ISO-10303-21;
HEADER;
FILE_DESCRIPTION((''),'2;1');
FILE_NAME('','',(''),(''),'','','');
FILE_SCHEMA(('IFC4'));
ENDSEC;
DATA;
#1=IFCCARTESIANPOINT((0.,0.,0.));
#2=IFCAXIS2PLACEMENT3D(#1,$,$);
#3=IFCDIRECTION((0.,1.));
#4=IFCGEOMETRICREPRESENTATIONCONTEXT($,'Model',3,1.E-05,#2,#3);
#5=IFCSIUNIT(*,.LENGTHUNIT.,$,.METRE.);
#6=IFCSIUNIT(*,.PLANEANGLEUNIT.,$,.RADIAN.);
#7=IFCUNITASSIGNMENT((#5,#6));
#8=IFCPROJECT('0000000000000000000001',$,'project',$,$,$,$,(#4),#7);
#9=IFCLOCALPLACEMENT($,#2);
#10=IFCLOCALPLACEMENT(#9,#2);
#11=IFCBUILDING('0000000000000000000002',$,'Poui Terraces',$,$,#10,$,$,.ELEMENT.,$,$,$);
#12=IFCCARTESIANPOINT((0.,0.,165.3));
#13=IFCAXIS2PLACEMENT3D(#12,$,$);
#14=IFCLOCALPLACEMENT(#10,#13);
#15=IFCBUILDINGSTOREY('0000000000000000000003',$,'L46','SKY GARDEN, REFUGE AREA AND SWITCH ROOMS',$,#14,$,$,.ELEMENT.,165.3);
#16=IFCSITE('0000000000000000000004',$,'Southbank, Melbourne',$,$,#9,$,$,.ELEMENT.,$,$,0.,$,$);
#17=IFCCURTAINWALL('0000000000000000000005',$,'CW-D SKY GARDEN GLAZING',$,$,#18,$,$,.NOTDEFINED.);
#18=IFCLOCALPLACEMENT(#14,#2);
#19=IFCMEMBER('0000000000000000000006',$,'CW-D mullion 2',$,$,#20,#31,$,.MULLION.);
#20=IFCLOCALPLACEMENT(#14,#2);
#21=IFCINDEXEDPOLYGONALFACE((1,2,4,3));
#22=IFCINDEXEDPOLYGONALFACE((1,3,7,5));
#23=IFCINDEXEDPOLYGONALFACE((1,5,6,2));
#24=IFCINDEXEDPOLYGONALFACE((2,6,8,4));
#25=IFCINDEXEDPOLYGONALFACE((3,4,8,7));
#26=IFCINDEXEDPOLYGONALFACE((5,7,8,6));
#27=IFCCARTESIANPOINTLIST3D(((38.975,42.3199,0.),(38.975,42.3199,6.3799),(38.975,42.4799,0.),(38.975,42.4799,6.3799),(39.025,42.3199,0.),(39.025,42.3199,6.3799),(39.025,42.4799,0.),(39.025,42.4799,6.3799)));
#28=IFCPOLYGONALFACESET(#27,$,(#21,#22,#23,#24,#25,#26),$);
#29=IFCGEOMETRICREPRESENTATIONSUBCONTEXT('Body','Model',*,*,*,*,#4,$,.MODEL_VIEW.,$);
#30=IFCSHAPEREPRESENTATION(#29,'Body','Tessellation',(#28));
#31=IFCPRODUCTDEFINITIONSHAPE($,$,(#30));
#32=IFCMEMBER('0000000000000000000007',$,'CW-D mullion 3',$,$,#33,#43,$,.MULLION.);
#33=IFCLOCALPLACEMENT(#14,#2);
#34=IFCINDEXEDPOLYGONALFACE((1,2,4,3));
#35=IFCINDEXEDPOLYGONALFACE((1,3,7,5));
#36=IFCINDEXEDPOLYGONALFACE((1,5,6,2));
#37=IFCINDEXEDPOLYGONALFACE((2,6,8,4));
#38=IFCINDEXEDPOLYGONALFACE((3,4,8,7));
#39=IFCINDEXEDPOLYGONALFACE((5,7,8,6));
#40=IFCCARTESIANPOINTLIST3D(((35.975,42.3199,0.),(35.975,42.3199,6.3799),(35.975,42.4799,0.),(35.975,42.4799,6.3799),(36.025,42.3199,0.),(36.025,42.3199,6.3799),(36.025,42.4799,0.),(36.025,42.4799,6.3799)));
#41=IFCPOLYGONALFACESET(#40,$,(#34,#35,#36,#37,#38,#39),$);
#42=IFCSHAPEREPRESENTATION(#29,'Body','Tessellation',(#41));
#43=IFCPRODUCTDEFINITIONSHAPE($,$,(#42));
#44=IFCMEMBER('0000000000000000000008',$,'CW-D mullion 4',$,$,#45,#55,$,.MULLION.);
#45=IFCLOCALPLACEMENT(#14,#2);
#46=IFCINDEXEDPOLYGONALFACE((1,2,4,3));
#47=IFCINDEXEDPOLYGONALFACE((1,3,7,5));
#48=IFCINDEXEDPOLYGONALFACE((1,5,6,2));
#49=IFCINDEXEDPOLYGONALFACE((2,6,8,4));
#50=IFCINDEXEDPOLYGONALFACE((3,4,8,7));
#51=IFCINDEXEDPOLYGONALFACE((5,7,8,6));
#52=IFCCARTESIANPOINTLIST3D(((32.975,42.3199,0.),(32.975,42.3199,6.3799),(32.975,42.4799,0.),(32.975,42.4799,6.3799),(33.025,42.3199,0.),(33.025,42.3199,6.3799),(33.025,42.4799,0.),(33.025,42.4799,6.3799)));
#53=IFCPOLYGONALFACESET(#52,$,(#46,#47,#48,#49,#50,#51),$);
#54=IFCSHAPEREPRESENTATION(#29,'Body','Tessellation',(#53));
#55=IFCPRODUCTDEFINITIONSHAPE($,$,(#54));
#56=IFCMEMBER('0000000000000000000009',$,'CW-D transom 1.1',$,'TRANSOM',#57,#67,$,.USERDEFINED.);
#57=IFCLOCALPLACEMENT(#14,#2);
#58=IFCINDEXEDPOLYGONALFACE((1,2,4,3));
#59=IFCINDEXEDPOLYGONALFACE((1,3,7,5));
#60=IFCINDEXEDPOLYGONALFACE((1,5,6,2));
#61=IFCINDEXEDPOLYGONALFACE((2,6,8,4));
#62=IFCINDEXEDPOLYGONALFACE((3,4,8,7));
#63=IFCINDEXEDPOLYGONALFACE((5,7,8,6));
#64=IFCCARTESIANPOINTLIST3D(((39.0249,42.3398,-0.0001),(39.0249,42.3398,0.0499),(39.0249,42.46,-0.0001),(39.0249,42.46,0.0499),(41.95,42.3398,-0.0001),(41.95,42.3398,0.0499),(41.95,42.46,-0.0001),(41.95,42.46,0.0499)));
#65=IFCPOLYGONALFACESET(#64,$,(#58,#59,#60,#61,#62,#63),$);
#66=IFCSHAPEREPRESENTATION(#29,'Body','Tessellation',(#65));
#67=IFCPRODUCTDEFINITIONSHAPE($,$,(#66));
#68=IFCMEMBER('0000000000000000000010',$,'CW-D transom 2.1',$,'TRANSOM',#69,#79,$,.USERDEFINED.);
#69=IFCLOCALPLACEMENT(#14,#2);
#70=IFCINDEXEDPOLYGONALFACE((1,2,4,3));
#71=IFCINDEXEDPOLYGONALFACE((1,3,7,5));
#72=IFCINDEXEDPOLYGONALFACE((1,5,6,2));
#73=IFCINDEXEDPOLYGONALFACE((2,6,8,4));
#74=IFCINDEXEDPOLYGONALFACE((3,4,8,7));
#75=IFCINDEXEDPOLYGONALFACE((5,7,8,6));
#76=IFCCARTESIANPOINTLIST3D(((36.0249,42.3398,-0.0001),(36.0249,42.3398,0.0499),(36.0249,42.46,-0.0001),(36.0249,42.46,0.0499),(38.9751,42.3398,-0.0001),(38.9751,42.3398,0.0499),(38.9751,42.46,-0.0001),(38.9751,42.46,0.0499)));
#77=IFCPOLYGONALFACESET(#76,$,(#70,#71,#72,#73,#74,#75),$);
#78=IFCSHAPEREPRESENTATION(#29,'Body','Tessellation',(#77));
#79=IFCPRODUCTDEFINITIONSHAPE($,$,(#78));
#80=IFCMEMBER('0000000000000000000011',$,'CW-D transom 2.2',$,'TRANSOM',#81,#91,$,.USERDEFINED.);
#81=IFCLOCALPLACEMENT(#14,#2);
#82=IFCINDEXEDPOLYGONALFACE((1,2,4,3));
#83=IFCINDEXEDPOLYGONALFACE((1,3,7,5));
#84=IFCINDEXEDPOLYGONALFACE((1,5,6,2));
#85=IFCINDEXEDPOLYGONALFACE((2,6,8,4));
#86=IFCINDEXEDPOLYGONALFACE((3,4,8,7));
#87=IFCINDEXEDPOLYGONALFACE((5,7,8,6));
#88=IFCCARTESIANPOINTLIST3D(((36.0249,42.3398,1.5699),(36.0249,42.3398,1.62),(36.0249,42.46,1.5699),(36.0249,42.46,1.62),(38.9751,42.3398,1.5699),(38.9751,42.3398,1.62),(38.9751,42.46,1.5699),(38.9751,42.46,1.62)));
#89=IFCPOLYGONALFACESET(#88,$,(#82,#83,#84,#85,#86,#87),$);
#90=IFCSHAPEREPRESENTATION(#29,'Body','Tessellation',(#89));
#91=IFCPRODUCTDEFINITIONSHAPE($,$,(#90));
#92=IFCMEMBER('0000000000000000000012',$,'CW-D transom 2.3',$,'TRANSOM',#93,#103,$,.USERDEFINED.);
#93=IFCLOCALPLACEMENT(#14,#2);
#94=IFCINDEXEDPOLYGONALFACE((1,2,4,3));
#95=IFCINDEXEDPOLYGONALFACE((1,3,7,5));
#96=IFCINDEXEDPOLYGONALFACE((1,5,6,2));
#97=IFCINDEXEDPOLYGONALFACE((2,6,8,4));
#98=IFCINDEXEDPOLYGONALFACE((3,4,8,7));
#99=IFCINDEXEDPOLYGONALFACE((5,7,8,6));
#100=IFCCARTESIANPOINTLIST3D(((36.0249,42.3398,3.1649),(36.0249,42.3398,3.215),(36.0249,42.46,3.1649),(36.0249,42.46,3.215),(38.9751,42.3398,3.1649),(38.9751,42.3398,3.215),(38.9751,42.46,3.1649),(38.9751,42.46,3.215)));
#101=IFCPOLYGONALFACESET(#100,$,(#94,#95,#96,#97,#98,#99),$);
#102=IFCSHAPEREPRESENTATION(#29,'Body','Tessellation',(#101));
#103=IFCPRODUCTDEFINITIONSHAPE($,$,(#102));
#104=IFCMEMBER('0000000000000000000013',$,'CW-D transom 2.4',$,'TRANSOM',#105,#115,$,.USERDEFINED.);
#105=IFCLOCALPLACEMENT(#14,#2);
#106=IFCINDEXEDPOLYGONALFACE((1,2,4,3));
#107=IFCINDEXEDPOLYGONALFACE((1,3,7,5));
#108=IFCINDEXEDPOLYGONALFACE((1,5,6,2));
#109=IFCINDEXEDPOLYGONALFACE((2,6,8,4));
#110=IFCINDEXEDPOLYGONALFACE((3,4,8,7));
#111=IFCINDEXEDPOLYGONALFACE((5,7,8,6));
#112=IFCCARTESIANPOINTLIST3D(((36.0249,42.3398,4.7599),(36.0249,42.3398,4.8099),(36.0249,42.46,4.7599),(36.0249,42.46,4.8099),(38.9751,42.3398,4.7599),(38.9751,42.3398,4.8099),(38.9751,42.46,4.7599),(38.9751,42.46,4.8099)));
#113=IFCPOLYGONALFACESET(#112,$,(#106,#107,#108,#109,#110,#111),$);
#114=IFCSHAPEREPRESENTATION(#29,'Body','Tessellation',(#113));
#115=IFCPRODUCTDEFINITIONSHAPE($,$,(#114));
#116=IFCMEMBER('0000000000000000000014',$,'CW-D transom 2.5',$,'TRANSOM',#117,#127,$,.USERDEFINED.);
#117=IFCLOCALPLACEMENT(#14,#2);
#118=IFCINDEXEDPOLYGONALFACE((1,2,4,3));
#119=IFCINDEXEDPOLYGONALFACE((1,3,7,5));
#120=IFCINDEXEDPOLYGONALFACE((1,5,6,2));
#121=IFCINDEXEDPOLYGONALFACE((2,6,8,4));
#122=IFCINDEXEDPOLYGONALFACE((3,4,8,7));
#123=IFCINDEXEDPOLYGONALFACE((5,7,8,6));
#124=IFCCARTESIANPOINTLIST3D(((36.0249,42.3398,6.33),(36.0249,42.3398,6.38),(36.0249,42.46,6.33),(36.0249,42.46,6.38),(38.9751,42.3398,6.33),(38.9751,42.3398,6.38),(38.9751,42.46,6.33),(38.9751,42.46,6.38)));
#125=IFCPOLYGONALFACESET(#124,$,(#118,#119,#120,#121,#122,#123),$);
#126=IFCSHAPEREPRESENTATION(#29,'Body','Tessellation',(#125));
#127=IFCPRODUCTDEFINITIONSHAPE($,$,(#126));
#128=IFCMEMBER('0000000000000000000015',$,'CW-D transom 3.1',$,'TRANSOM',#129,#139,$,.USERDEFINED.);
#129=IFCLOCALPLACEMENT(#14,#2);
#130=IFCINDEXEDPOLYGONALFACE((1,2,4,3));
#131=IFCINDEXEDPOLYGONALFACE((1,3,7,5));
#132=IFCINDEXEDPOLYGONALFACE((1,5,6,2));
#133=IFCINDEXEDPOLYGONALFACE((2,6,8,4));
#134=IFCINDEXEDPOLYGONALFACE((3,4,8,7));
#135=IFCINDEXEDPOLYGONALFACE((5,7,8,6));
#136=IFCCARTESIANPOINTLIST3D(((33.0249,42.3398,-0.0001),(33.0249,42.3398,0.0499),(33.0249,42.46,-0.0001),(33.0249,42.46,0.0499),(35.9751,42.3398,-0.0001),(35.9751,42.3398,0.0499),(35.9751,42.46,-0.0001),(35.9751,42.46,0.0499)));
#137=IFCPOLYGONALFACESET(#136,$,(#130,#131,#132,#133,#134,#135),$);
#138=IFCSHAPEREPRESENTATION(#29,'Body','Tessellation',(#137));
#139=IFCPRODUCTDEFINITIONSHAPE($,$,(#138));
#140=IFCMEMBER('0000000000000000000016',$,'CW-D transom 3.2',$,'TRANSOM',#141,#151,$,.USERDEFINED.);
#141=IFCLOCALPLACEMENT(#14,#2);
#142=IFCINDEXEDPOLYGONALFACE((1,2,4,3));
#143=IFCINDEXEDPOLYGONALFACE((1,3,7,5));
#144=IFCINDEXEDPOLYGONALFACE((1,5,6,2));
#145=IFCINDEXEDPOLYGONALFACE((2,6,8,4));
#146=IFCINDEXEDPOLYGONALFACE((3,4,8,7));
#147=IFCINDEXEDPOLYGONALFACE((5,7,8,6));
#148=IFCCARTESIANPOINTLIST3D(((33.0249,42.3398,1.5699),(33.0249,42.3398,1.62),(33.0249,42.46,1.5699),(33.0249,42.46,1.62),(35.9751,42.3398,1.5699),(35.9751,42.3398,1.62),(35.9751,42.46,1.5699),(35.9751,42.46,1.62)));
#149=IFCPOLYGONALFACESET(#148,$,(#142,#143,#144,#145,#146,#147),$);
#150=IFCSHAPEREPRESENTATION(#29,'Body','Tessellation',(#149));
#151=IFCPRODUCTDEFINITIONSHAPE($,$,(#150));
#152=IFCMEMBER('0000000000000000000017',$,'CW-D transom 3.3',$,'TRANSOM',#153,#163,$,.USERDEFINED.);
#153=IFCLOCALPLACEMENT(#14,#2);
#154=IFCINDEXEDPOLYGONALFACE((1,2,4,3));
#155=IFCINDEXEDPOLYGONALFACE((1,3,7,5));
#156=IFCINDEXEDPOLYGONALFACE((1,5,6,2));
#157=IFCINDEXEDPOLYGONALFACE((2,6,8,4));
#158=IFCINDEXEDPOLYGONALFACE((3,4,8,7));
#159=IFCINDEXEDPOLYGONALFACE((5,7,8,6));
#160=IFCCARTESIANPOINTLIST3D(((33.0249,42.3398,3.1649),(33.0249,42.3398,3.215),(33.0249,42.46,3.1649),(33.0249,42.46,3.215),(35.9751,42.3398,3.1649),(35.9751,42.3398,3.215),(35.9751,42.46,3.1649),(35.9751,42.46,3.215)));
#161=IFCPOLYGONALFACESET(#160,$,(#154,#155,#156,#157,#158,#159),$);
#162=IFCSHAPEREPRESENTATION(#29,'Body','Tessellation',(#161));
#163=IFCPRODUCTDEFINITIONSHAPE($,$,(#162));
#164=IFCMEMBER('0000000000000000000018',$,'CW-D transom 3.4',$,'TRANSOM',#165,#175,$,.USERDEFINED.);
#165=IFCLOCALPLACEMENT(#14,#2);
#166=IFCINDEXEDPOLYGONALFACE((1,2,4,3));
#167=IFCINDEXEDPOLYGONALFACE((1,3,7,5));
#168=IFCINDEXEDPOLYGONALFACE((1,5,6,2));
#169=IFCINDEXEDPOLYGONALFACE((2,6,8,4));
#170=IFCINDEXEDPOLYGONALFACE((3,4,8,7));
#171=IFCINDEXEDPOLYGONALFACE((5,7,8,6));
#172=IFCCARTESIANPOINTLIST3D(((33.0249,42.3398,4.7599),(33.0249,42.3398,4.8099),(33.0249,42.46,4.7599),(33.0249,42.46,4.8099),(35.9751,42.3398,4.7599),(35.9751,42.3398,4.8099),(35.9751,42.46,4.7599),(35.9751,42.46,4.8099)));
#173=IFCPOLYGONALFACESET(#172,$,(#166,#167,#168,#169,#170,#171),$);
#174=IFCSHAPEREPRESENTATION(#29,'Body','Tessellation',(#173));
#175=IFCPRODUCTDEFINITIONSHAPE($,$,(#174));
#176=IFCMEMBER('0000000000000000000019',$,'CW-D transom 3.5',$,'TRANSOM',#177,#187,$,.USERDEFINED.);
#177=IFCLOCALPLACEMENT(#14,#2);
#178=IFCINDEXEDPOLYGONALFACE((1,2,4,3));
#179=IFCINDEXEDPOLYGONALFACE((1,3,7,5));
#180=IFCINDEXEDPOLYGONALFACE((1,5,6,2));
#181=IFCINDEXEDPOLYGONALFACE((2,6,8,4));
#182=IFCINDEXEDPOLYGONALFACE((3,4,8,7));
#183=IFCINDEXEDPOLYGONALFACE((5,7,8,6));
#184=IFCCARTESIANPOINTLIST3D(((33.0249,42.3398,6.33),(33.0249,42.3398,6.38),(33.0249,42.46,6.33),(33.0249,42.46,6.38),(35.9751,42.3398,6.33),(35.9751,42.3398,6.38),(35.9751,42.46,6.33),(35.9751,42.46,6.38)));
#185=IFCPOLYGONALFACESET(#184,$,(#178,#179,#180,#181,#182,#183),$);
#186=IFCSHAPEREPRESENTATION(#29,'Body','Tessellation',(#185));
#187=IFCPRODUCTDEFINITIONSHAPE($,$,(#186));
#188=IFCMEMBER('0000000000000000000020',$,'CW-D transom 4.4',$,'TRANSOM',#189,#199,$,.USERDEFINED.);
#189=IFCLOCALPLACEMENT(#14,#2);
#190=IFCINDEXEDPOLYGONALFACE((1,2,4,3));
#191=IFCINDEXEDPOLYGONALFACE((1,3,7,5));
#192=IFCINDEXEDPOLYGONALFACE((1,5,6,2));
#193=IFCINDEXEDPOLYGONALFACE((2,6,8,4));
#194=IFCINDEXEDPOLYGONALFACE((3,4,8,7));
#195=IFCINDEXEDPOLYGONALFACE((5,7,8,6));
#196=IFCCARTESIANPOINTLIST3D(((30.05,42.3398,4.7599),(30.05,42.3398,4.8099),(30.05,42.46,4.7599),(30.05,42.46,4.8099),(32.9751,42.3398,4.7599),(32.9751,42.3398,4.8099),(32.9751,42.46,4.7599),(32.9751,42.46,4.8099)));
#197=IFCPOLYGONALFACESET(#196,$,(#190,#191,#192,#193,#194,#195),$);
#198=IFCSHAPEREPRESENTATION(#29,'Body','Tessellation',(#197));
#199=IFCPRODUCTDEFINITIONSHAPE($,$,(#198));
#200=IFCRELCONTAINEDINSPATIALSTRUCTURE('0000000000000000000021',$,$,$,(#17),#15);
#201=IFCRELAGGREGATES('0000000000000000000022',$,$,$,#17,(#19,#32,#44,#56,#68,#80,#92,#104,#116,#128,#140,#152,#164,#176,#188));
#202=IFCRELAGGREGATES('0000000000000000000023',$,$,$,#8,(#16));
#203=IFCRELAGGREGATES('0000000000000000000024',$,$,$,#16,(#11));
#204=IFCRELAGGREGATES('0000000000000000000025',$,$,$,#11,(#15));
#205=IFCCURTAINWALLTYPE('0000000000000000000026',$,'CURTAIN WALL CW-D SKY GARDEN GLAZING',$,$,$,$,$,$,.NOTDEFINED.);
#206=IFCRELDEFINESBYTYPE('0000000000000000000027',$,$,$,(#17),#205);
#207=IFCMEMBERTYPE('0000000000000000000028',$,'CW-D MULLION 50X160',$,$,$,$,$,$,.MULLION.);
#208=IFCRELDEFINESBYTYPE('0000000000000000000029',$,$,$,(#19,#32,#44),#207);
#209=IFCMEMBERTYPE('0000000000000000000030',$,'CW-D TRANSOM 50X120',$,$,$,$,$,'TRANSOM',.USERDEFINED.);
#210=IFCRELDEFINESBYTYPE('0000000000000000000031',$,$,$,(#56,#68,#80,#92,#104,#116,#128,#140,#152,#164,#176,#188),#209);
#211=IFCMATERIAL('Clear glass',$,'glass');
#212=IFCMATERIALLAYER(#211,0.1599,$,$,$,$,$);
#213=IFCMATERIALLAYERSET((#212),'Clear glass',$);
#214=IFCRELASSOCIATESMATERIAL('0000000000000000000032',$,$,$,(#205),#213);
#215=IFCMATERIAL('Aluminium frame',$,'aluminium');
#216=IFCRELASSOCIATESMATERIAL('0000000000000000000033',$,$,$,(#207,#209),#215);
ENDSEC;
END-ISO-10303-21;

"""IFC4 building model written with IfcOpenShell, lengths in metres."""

from ifc_helpers import new_model, si_unit, direction, frame, origin, origin_2d, place, context, subcontext, project, spatial, rectangle, extrude, material, layer, layer_set, material_profile, profile_set, type_object, element, aggregate, save


model = new_model("IFC4")

# Units and contexts
model_context = context("Model", 3, precision=1e-05, world=origin(), true_north=direction((0.0, 1.0)))
body_context = subcontext(model_context, "Body", "Model", "MODEL_VIEW")
ifc_project = project(units=[si_unit("LENGTHUNIT", "METRE"), si_unit("PLANEANGLEUNIT", "RADIAN")], contexts=[model_context])

# Site, building, storey
site_placement = place(None, origin())
site = spatial("IfcSite", under=ifc_project, at=site_placement, Name="Southbank, Melbourne", CompositionType="ELEMENT", RefElevation=0.0)
building_placement = place(site_placement, origin())
building = spatial("IfcBuilding", under=site, at=building_placement, Name="Poui Terraces", CompositionType="ELEMENT")
storey_placement = place(building_placement, frame((0.0, 0.0, 165.3)))
storey = spatial("IfcBuildingStorey", under=building, at=storey_placement, Name="L46", Description="SKY GARDEN, REFUGE AREA AND SWITCH ROOMS", CompositionType="ELEMENT", Elevation=165.3)

# Curtain wall, members
ifc_material_1 = material(Name="Clear glass", Category="glass")
ifc_layer_1 = layer(ifc_material_1, 0.1599)
ifc_layer_set_1 = layer_set([ifc_layer_1], Name="Clear glass")
curtain_wall_type = type_object("IfcCurtainWallType", Name="CURTAIN WALL CW-D SKY GARDEN GLAZING", PredefinedType="NOTDEFINED", material=ifc_layer_set_1)
curtain_wall_placement = place(storey_placement, origin())
curtain_wall = element("IfcCurtainWall", 1, at=curtain_wall_placement, inside=storey, type_object=curtain_wall_type, Name="CW-D SKY GARDEN GLAZING", PredefinedType="NOTDEFINED")
ifc_material_2 = material(Name="Aluminium frame", Category="aluminium")
ifc_material_profile_1 = material_profile(ifc_material_2, rectangle(XDim=0.1599, YDim=0.05, at=origin_2d()), Name="CW-D MULLION 50X160")
ifc_profile_set_1 = profile_set([ifc_material_profile_1], Name="Aluminium frame")
member_type_1 = type_object("IfcMemberType", Name="CW-D MULLION 50X160", PredefinedType="MULLION", material=ifc_profile_set_1)
member_1_placement = place(storey_placement, frame((39.0, 42.3999, 0.0), z_axis=(0.0, 0.0, 1.0), x_axis=(0.0, -1.0, 0.0)))
member_1 = element("IfcMember", 2, at=member_1_placement, type_object=member_type_1, Name="CW-D mullion 2", PredefinedType="MULLION", context=body_context, shape_type="SweptSolid", body=[
    extrude(rectangle(XDim=0.1599, YDim=0.05, at=origin_2d()), origin(), (0.0, 0.0, 1.0), 6.3799),
])
member_2_placement = place(storey_placement, frame((36.0, 42.3999, 0.0), z_axis=(0.0, 0.0, 1.0), x_axis=(0.0, -1.0, 0.0)))
member_2 = element("IfcMember", 3, at=member_2_placement, type_object=member_type_1, Name="CW-D mullion 3", PredefinedType="MULLION", context=body_context, shape_type="SweptSolid", body=[
    extrude(rectangle(XDim=0.1599, YDim=0.05, at=origin_2d()), origin(), (0.0, 0.0, 1.0), 6.3799),
])
member_3_placement = place(storey_placement, frame((33.0, 42.3999, 0.0), z_axis=(0.0, 0.0, 1.0), x_axis=(0.0, -1.0, 0.0)))
member_3 = element("IfcMember", 4, at=member_3_placement, type_object=member_type_1, Name="CW-D mullion 4", PredefinedType="MULLION", context=body_context, shape_type="SweptSolid", body=[
    extrude(rectangle(XDim=0.1599, YDim=0.05, at=origin_2d()), origin(), (0.0, 0.0, 1.0), 6.3799),
])
ifc_material_profile_2 = material_profile(ifc_material_2, rectangle(XDim=0.1201, YDim=0.05, at=origin_2d()), Name="CW-D TRANSOM 50X120")
ifc_profile_set_2 = profile_set([ifc_material_profile_2], Name="Aluminium frame")
member_type_2 = type_object("IfcMemberType", Name="CW-D TRANSOM 50X120", ElementType="TRANSOM", PredefinedType="USERDEFINED", material=ifc_profile_set_2)
member_4_placement = place(storey_placement, frame((41.95, 42.3999, 0.0249), z_axis=(-1.0, 0.0, 0.0), x_axis=(0.0, -1.0, 0.0)))
member_4 = element("IfcMember", 5, at=member_4_placement, type_object=member_type_2, Name="CW-D transom 1.1", ObjectType="TRANSOM", PredefinedType="USERDEFINED", context=body_context, shape_type="SweptSolid", body=[
    extrude(rectangle(XDim=0.1201, YDim=0.05, at=origin_2d()), origin(), (0.0, 0.0, 1.0), 2.925),
])
member_5_placement = place(storey_placement, frame((38.9751, 42.3999, 0.0249), z_axis=(-1.0, 0.0, 0.0), x_axis=(0.0, -1.0, 0.0)))
member_5 = element("IfcMember", 6, at=member_5_placement, type_object=member_type_2, Name="CW-D transom 2.1", ObjectType="TRANSOM", PredefinedType="USERDEFINED", context=body_context, shape_type="SweptSolid", body=[
    extrude(rectangle(XDim=0.1201, YDim=0.05, at=origin_2d()), origin(), (0.0, 0.0, 1.0), 2.9502),
])
member_6_placement = place(storey_placement, frame((38.9751, 42.3999, 1.595), z_axis=(-1.0, 0.0, 0.0), x_axis=(0.0, -1.0, 0.0)))
member_6 = element("IfcMember", 7, at=member_6_placement, type_object=member_type_2, Name="CW-D transom 2.2", ObjectType="TRANSOM", PredefinedType="USERDEFINED", context=body_context, shape_type="SweptSolid", body=[
    extrude(rectangle(XDim=0.1201, YDim=0.05, at=origin_2d()), origin(), (0.0, 0.0, 1.0), 2.9502),
])
member_7_placement = place(storey_placement, frame((38.9751, 42.3999, 3.1899), z_axis=(-1.0, 0.0, 0.0), x_axis=(0.0, -1.0, 0.0)))
member_7 = element("IfcMember", 8, at=member_7_placement, type_object=member_type_2, Name="CW-D transom 2.3", ObjectType="TRANSOM", PredefinedType="USERDEFINED", context=body_context, shape_type="SweptSolid", body=[
    extrude(rectangle(XDim=0.1201, YDim=0.05, at=origin_2d()), origin(), (0.0, 0.0, 1.0), 2.9502),
])
member_8_placement = place(storey_placement, frame((38.9751, 42.3999, 4.7849), z_axis=(-1.0, 0.0, 0.0), x_axis=(0.0, -1.0, 0.0)))
member_8 = element("IfcMember", 9, at=member_8_placement, type_object=member_type_2, Name="CW-D transom 2.4", ObjectType="TRANSOM", PredefinedType="USERDEFINED", context=body_context, shape_type="SweptSolid", body=[
    extrude(rectangle(XDim=0.1201, YDim=0.05, at=origin_2d()), origin(), (0.0, 0.0, 1.0), 2.9502),
])
member_9_placement = place(storey_placement, frame((38.9751, 42.3999, 6.355), z_axis=(-1.0, 0.0, 0.0), x_axis=(0.0, -1.0, 0.0)))
member_9 = element("IfcMember", 10, at=member_9_placement, type_object=member_type_2, Name="CW-D transom 2.5", ObjectType="TRANSOM", PredefinedType="USERDEFINED", context=body_context, shape_type="SweptSolid", body=[
    extrude(rectangle(XDim=0.1201, YDim=0.05, at=origin_2d()), origin(), (0.0, 0.0, 1.0), 2.9502),
])
member_10_placement = place(storey_placement, frame((35.9751, 42.3999, 0.0249), z_axis=(-1.0, 0.0, 0.0), x_axis=(0.0, -1.0, 0.0)))
member_10 = element("IfcMember", 11, at=member_10_placement, type_object=member_type_2, Name="CW-D transom 3.1", ObjectType="TRANSOM", PredefinedType="USERDEFINED", context=body_context, shape_type="SweptSolid", body=[
    extrude(rectangle(XDim=0.1201, YDim=0.05, at=origin_2d()), origin(), (0.0, 0.0, 1.0), 2.9502),
])
member_11_placement = place(storey_placement, frame((35.9751, 42.3999, 1.595), z_axis=(-1.0, 0.0, 0.0), x_axis=(0.0, -1.0, 0.0)))
member_11 = element("IfcMember", 12, at=member_11_placement, type_object=member_type_2, Name="CW-D transom 3.2", ObjectType="TRANSOM", PredefinedType="USERDEFINED", context=body_context, shape_type="SweptSolid", body=[
    extrude(rectangle(XDim=0.1201, YDim=0.05, at=origin_2d()), origin(), (0.0, 0.0, 1.0), 2.9502),
])
member_12_placement = place(storey_placement, frame((35.9751, 42.3999, 3.1899), z_axis=(-1.0, 0.0, 0.0), x_axis=(0.0, -1.0, 0.0)))
member_12 = element("IfcMember", 13, at=member_12_placement, type_object=member_type_2, Name="CW-D transom 3.3", ObjectType="TRANSOM", PredefinedType="USERDEFINED", context=body_context, shape_type="SweptSolid", body=[
    extrude(rectangle(XDim=0.1201, YDim=0.05, at=origin_2d()), origin(), (0.0, 0.0, 1.0), 2.9502),
])
member_13_placement = place(storey_placement, frame((35.9751, 42.3999, 4.7849), z_axis=(-1.0, 0.0, 0.0), x_axis=(0.0, -1.0, 0.0)))
member_13 = element("IfcMember", 14, at=member_13_placement, type_object=member_type_2, Name="CW-D transom 3.4", ObjectType="TRANSOM", PredefinedType="USERDEFINED", context=body_context, shape_type="SweptSolid", body=[
    extrude(rectangle(XDim=0.1201, YDim=0.05, at=origin_2d()), origin(), (0.0, 0.0, 1.0), 2.9502),
])
member_14_placement = place(storey_placement, frame((35.9751, 42.3999, 6.355), z_axis=(-1.0, 0.0, 0.0), x_axis=(0.0, -1.0, 0.0)))
member_14 = element("IfcMember", 15, at=member_14_placement, type_object=member_type_2, Name="CW-D transom 3.5", ObjectType="TRANSOM", PredefinedType="USERDEFINED", context=body_context, shape_type="SweptSolid", body=[
    extrude(rectangle(XDim=0.1201, YDim=0.05, at=origin_2d()), origin(), (0.0, 0.0, 1.0), 2.9502),
])
member_15_placement = place(storey_placement, frame((32.9751, 42.3999, 4.7849), z_axis=(-1.0, 0.0, 0.0), x_axis=(0.0, -1.0, 0.0)))
member_15 = element("IfcMember", 16, at=member_15_placement, type_object=member_type_2, Name="CW-D transom 4.4", ObjectType="TRANSOM", PredefinedType="USERDEFINED", context=body_context, shape_type="SweptSolid", body=[
    extrude(rectangle(XDim=0.1201, YDim=0.05, at=origin_2d()), origin(), (0.0, 0.0, 1.0), 2.925),
])
aggregate(curtain_wall, [member_1, member_2, member_3, member_4, member_5, member_6, member_7, member_8, member_9, member_10, member_11, member_12, member_13, member_14, member_15])

save(model, "model.ifc")
